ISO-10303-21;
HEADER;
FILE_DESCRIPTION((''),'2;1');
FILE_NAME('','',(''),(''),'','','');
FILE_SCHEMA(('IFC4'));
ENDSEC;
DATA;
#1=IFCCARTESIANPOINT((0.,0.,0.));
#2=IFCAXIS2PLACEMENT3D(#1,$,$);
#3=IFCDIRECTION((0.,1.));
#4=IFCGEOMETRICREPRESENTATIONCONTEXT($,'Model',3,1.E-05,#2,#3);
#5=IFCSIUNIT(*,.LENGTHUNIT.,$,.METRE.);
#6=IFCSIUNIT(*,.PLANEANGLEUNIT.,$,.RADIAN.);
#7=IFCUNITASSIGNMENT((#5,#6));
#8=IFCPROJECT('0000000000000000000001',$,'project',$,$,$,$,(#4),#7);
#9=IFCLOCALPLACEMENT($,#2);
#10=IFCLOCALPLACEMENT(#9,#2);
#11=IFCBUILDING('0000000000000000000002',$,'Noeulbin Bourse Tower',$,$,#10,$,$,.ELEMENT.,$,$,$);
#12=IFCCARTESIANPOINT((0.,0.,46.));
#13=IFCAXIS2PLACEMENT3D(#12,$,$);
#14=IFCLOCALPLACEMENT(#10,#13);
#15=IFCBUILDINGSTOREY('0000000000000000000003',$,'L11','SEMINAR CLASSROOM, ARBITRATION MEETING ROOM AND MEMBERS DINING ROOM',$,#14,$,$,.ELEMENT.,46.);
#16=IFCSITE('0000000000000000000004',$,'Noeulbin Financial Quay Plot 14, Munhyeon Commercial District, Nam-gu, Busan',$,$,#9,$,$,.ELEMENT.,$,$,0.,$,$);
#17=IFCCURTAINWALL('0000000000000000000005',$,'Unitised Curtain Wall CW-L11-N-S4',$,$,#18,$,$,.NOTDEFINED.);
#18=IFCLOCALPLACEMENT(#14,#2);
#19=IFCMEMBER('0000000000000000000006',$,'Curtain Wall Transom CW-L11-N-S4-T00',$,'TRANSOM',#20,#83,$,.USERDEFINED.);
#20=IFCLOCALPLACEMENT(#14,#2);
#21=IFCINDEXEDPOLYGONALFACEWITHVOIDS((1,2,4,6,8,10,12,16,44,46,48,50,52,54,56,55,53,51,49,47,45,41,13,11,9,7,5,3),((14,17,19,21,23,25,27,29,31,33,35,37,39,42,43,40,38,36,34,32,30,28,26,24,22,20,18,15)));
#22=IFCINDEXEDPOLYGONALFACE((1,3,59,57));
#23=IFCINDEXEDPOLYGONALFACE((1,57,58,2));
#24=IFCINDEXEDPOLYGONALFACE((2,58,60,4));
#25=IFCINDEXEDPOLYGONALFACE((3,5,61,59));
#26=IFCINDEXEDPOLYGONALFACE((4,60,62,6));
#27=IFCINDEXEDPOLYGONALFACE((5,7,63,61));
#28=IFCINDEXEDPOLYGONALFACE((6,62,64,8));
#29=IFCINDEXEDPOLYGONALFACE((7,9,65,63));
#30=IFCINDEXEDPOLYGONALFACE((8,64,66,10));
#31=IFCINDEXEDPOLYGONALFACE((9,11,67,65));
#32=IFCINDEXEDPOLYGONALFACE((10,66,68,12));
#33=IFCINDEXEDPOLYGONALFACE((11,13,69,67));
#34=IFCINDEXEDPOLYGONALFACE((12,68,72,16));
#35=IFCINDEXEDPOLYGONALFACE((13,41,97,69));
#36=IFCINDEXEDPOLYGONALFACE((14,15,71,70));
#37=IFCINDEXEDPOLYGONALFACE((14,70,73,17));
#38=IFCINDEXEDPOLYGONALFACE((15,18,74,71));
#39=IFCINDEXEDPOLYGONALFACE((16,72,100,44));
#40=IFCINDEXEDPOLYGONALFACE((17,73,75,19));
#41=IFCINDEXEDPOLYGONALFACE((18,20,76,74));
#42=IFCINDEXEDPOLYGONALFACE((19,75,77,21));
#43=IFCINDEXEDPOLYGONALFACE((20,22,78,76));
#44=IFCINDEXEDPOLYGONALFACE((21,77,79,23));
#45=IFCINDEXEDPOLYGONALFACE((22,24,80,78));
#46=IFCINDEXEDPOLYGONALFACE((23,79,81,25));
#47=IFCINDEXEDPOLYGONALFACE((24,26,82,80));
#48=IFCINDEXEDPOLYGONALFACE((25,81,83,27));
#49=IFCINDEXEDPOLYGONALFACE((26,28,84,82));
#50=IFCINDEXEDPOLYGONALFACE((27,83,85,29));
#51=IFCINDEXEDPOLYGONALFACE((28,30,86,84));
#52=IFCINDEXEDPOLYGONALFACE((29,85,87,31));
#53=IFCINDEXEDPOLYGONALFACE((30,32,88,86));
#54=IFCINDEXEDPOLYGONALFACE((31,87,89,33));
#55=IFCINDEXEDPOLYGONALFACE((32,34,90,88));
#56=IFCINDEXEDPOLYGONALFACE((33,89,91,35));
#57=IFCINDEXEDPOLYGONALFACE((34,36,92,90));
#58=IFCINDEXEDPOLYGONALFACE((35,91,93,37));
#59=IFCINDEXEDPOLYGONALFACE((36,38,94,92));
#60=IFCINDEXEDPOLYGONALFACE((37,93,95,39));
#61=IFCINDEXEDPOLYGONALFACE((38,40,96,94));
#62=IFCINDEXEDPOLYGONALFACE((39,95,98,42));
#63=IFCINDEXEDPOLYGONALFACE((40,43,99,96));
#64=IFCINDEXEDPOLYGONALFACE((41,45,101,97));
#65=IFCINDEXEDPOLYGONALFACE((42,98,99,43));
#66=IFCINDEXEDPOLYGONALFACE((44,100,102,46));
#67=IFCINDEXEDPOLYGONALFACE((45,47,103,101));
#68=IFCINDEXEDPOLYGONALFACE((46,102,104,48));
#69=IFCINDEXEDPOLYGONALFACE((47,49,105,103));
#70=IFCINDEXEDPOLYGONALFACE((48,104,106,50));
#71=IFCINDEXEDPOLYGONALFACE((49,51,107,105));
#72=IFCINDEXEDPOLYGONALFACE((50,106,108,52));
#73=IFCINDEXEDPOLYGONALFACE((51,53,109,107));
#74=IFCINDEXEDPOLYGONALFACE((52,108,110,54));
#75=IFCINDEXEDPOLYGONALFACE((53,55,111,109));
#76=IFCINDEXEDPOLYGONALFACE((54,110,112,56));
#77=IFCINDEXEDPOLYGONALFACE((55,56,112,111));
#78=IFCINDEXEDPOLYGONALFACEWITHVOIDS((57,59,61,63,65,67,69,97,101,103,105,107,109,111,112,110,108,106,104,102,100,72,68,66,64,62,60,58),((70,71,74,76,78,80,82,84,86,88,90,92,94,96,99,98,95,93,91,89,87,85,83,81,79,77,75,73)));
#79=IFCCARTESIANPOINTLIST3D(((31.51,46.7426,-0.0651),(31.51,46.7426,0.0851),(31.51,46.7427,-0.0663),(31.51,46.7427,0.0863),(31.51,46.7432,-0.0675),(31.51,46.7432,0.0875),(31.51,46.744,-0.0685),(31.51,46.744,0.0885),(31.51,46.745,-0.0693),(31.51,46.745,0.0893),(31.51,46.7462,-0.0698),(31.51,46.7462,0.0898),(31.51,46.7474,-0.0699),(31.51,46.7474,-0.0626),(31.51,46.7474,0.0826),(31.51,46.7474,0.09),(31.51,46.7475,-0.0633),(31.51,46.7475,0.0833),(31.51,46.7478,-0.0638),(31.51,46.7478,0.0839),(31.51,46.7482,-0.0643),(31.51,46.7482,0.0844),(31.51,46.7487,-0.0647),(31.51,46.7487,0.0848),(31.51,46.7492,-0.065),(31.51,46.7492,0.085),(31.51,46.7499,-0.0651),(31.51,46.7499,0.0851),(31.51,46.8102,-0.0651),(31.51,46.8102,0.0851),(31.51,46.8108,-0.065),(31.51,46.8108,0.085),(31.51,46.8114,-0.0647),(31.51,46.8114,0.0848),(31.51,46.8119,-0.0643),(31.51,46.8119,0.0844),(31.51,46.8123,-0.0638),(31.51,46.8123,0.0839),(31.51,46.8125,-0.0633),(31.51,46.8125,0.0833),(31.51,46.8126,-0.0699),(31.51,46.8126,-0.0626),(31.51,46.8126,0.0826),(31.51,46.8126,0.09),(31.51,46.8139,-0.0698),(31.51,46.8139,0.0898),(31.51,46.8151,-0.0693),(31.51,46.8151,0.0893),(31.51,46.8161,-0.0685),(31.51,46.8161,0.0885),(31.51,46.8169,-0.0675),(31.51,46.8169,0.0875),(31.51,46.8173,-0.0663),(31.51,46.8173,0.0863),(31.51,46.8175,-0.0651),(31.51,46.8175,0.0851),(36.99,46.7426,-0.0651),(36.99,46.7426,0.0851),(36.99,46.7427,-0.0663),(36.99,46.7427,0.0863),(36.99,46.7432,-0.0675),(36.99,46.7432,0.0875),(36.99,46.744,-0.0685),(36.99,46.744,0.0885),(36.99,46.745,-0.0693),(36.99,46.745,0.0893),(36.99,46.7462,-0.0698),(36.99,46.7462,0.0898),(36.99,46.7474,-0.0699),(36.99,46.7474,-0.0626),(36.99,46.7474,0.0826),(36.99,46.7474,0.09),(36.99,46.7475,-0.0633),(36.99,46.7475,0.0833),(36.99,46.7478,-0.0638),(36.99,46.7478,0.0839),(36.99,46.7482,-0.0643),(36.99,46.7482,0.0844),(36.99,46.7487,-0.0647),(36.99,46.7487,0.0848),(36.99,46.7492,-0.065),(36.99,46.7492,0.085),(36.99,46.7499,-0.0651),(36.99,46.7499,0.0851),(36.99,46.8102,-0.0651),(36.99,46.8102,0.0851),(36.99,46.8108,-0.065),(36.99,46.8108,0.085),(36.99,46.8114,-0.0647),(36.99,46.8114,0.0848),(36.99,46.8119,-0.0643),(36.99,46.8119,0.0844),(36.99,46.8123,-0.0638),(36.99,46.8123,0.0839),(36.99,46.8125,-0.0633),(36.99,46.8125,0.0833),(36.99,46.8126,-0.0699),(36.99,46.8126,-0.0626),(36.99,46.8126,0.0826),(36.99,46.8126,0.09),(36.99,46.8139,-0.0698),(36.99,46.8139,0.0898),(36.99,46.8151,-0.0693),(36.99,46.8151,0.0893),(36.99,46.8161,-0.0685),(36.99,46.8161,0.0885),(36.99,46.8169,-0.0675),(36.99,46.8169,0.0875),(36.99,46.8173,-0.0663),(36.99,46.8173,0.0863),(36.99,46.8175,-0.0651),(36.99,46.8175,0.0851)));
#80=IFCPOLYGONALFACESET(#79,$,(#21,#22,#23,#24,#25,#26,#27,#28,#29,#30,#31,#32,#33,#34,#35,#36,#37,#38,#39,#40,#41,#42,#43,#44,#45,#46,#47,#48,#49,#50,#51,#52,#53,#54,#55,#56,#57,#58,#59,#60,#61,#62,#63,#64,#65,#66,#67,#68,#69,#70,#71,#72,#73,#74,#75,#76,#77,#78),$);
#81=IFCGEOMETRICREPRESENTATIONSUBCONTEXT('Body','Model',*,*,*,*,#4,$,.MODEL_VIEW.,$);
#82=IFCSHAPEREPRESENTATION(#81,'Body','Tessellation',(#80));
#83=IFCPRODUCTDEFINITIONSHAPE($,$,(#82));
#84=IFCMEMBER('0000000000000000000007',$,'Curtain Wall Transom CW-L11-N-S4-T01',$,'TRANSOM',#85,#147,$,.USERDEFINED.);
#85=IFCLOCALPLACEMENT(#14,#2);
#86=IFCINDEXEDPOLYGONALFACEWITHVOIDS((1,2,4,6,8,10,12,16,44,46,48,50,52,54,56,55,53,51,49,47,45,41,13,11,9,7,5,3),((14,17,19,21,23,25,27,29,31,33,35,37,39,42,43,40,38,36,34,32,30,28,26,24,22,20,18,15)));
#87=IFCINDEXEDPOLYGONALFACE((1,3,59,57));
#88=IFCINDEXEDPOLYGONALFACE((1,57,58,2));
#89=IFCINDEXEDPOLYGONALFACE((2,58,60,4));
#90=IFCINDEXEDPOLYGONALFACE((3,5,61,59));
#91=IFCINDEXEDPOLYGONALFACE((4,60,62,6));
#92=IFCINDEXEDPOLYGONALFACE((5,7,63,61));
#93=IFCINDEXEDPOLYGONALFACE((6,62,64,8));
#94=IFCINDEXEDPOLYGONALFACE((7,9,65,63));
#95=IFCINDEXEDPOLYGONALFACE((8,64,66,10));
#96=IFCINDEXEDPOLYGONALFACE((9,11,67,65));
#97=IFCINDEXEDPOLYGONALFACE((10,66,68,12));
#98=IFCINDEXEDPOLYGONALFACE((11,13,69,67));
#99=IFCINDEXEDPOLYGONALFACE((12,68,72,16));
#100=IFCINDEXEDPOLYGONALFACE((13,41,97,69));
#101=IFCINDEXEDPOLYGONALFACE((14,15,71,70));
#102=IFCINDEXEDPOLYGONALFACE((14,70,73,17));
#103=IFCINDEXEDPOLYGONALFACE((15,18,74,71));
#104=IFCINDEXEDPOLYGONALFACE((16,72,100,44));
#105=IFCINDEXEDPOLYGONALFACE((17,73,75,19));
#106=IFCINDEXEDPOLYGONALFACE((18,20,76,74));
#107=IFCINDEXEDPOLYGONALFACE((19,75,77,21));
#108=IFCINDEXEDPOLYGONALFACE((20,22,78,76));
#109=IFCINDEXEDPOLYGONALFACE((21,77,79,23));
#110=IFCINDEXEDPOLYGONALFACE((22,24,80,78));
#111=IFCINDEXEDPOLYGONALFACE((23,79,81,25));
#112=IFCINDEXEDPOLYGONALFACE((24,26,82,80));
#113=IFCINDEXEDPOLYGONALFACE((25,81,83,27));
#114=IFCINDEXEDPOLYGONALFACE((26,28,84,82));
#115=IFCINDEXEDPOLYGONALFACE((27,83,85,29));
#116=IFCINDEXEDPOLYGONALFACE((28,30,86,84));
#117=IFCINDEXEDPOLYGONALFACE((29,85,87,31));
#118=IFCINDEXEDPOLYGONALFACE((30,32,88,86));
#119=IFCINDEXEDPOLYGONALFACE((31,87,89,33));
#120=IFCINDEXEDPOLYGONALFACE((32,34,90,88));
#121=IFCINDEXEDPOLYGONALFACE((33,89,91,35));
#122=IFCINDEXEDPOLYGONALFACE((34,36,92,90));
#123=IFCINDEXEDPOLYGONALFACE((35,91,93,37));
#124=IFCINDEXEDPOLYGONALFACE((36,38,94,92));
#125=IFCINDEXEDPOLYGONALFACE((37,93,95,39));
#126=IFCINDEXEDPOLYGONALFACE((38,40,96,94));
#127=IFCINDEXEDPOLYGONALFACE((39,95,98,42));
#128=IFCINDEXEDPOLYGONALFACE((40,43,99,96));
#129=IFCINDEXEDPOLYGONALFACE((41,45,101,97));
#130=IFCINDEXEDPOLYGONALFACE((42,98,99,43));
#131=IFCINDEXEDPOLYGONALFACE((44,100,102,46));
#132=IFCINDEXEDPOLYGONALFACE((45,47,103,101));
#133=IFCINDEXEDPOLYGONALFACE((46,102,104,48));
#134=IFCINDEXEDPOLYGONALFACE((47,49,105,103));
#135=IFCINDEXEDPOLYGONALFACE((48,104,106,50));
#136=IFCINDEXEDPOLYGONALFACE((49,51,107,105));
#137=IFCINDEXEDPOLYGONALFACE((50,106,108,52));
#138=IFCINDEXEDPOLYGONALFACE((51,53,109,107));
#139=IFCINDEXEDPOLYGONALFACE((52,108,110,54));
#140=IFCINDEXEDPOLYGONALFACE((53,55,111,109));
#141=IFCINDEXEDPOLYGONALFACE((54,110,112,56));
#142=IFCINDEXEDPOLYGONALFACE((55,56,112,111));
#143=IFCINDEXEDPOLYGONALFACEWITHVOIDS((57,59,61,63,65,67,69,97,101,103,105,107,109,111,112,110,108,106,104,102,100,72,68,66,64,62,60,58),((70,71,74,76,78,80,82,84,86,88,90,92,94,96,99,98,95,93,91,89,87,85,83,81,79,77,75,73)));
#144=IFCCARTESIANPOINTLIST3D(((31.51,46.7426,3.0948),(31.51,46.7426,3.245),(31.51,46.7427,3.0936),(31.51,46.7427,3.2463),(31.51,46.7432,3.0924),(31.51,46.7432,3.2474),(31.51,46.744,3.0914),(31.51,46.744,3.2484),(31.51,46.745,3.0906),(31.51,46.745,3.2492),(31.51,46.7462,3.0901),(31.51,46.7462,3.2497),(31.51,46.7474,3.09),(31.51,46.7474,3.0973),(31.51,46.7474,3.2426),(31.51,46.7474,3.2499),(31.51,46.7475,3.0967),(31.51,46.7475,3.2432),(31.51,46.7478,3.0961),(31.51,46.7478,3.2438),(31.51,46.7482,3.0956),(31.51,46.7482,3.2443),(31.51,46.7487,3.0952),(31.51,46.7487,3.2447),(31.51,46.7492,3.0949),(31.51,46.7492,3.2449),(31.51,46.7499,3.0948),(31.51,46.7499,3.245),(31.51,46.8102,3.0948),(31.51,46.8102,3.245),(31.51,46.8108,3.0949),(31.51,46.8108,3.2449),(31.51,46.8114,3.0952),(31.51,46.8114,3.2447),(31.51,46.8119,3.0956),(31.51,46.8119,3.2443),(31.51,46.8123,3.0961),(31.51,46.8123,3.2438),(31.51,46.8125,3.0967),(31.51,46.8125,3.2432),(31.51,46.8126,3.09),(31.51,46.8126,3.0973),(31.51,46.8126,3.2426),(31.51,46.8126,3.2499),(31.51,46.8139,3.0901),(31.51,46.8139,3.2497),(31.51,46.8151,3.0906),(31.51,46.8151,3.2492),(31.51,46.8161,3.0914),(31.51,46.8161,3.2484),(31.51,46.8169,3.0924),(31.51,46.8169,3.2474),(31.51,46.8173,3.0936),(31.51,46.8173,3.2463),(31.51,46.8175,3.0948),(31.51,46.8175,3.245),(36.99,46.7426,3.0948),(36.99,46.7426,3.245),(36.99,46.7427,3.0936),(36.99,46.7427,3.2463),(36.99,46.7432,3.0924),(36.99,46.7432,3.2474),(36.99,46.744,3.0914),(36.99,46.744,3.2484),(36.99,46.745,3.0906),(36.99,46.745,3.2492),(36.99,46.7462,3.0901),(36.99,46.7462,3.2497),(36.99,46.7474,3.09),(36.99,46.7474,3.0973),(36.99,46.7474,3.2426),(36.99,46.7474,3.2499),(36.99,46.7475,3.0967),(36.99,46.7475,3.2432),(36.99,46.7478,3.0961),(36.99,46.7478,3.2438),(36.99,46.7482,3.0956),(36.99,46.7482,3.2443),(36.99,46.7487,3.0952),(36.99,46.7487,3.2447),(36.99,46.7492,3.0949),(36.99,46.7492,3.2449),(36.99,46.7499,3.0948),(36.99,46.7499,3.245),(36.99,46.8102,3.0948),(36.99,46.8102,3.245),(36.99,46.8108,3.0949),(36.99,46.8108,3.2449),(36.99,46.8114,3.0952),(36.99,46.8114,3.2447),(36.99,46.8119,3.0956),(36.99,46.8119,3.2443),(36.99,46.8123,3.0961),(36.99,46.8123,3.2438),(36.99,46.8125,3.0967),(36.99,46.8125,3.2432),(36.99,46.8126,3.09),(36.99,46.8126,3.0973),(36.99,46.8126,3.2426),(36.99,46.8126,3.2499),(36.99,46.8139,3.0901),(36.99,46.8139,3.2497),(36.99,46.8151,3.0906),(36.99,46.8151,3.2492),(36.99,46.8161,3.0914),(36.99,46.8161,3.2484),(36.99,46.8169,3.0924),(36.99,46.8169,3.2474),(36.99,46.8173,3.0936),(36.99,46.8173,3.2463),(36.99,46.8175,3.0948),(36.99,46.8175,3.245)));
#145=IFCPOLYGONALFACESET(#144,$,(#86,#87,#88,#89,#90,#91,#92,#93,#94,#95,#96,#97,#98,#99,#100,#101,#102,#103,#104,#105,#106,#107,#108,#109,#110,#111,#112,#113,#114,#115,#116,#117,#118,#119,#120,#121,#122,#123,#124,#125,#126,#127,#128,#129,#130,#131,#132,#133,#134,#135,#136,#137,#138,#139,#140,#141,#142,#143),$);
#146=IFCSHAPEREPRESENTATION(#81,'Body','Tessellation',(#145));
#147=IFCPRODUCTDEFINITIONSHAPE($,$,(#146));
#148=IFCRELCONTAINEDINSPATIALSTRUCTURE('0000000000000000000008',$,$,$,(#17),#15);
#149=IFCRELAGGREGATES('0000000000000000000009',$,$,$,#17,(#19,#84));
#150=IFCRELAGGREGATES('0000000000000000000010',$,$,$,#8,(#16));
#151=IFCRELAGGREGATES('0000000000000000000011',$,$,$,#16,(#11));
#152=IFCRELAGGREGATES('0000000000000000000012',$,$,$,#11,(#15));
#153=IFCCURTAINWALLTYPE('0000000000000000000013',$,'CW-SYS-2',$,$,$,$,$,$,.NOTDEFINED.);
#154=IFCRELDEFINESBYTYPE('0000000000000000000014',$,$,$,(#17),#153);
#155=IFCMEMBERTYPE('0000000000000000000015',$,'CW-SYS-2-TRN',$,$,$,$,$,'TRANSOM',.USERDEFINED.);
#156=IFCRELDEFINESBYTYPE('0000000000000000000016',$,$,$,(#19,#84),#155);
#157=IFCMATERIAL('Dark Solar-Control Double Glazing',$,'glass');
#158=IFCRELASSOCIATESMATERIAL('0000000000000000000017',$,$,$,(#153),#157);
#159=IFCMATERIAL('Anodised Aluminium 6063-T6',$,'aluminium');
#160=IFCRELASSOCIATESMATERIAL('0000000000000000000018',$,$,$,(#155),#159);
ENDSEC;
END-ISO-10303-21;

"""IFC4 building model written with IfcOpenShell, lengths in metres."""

from ifc_helpers import new_model, si_unit, direction, frame, origin, origin_2d, place, context, subcontext, project, spatial, hollow_rectangle, extrude, material, material_profile, profile_set, type_object, element, aggregate, save


model = new_model("IFC4")

# Units and contexts
model_context = context("Model", 3, precision=1e-05, world=origin(), true_north=direction((0.0, 1.0)))
body_context = subcontext(model_context, "Body", "Model", "MODEL_VIEW")
ifc_project = project(units=[si_unit("LENGTHUNIT", "METRE"), si_unit("PLANEANGLEUNIT", "RADIAN")], contexts=[model_context])

# Site, building, storey
site_placement = place(None, origin())
site = spatial("IfcSite", under=ifc_project, at=site_placement, Name="Noeulbin Financial Quay Plot 14, Munhyeon Commercial District, Nam-gu, Busan", CompositionType="ELEMENT", RefElevation=0.0)
building_placement = place(site_placement, origin())
building = spatial("IfcBuilding", under=site, at=building_placement, Name="Noeulbin Bourse Tower", CompositionType="ELEMENT")
storey_placement = place(building_placement, frame((0.0, 0.0, 46.0)))
storey = spatial("IfcBuildingStorey", under=building, at=storey_placement, Name="L11", Description="SEMINAR CLASSROOM, ARBITRATION MEETING ROOM AND MEMBERS DINING ROOM", CompositionType="ELEMENT", Elevation=46.0)

# Shared definitions
ifc_material_1 = material(Name="Dark Solar-Control Double Glazing", Category="glass")
curtain_wall_type = type_object("IfcCurtainWallType", Name="CW-SYS-2", PredefinedType="NOTDEFINED", material=ifc_material_1)
ifc_material_2 = material(Name="Anodised Aluminium 6063-T6", Category="aluminium")

# Curtain wall
curtain_wall_1_placement = place(storey_placement, origin())
curtain_wall_1 = element("IfcCurtainWall", 1, at=curtain_wall_1_placement, inside=storey, type_object=curtain_wall_type, Name="Unitised Curtain Wall CW-L11-N-S4", PredefinedType="NOTDEFINED")

# Members
ifc_material_profile_1 = material_profile(ifc_material_2, hollow_rectangle(XDim=0.075, YDim=0.1599, WallThickness=0.0049, InnerFilletRadius=0.0024, OuterFilletRadius=0.0049, at=origin_2d()), Name="ALU-TRAN-75x160x5", Category="LoadBearing")
ifc_profile_set_1 = profile_set([ifc_material_profile_1], Name="Anodised Aluminium 6063-T6")
member_type_1 = type_object("IfcMemberType", Name="CW-SYS-2-TRN", ElementType="TRANSOM", PredefinedType="USERDEFINED", material=ifc_profile_set_1)
member_1_placement = place(storey_placement, frame((31.51, 46.78, 0.01), z_axis=(1.0, 0.0, 0.0), x_axis=(0.0, 1.0, 0.0)))
member_1 = element("IfcMember", 2, at=member_1_placement, type_object=member_type_1, Name="Curtain Wall Transom CW-L11-N-S4-T00", ObjectType="TRANSOM", PredefinedType="USERDEFINED", context=body_context, shape_type="SweptSolid", body=[
    extrude(hollow_rectangle(XDim=0.075, YDim=0.1599, WallThickness=0.0049, InnerFilletRadius=0.0024, OuterFilletRadius=0.0049, at=origin_2d()), origin(), (0.0, 0.0, 1.0), 5.48),
])
member_2_placement = place(storey_placement, frame((31.51, 46.78, 3.1699), z_axis=(1.0, 0.0, 0.0), x_axis=(0.0, 1.0, 0.0)))
member_2 = element("IfcMember", 3, at=member_2_placement, type_object=member_type_1, Name="Curtain Wall Transom CW-L11-N-S4-T01", ObjectType="TRANSOM", PredefinedType="USERDEFINED", context=body_context, shape_type="SweptSolid", body=[
    extrude(hollow_rectangle(XDim=0.075, YDim=0.1599, WallThickness=0.0049, InnerFilletRadius=0.0024, OuterFilletRadius=0.0049, at=origin_2d()), origin(), (0.0, 0.0, 1.0), 5.48),
])

aggregate(curtain_wall_1, [member_1, member_2])

save(model, "model.ifc")
